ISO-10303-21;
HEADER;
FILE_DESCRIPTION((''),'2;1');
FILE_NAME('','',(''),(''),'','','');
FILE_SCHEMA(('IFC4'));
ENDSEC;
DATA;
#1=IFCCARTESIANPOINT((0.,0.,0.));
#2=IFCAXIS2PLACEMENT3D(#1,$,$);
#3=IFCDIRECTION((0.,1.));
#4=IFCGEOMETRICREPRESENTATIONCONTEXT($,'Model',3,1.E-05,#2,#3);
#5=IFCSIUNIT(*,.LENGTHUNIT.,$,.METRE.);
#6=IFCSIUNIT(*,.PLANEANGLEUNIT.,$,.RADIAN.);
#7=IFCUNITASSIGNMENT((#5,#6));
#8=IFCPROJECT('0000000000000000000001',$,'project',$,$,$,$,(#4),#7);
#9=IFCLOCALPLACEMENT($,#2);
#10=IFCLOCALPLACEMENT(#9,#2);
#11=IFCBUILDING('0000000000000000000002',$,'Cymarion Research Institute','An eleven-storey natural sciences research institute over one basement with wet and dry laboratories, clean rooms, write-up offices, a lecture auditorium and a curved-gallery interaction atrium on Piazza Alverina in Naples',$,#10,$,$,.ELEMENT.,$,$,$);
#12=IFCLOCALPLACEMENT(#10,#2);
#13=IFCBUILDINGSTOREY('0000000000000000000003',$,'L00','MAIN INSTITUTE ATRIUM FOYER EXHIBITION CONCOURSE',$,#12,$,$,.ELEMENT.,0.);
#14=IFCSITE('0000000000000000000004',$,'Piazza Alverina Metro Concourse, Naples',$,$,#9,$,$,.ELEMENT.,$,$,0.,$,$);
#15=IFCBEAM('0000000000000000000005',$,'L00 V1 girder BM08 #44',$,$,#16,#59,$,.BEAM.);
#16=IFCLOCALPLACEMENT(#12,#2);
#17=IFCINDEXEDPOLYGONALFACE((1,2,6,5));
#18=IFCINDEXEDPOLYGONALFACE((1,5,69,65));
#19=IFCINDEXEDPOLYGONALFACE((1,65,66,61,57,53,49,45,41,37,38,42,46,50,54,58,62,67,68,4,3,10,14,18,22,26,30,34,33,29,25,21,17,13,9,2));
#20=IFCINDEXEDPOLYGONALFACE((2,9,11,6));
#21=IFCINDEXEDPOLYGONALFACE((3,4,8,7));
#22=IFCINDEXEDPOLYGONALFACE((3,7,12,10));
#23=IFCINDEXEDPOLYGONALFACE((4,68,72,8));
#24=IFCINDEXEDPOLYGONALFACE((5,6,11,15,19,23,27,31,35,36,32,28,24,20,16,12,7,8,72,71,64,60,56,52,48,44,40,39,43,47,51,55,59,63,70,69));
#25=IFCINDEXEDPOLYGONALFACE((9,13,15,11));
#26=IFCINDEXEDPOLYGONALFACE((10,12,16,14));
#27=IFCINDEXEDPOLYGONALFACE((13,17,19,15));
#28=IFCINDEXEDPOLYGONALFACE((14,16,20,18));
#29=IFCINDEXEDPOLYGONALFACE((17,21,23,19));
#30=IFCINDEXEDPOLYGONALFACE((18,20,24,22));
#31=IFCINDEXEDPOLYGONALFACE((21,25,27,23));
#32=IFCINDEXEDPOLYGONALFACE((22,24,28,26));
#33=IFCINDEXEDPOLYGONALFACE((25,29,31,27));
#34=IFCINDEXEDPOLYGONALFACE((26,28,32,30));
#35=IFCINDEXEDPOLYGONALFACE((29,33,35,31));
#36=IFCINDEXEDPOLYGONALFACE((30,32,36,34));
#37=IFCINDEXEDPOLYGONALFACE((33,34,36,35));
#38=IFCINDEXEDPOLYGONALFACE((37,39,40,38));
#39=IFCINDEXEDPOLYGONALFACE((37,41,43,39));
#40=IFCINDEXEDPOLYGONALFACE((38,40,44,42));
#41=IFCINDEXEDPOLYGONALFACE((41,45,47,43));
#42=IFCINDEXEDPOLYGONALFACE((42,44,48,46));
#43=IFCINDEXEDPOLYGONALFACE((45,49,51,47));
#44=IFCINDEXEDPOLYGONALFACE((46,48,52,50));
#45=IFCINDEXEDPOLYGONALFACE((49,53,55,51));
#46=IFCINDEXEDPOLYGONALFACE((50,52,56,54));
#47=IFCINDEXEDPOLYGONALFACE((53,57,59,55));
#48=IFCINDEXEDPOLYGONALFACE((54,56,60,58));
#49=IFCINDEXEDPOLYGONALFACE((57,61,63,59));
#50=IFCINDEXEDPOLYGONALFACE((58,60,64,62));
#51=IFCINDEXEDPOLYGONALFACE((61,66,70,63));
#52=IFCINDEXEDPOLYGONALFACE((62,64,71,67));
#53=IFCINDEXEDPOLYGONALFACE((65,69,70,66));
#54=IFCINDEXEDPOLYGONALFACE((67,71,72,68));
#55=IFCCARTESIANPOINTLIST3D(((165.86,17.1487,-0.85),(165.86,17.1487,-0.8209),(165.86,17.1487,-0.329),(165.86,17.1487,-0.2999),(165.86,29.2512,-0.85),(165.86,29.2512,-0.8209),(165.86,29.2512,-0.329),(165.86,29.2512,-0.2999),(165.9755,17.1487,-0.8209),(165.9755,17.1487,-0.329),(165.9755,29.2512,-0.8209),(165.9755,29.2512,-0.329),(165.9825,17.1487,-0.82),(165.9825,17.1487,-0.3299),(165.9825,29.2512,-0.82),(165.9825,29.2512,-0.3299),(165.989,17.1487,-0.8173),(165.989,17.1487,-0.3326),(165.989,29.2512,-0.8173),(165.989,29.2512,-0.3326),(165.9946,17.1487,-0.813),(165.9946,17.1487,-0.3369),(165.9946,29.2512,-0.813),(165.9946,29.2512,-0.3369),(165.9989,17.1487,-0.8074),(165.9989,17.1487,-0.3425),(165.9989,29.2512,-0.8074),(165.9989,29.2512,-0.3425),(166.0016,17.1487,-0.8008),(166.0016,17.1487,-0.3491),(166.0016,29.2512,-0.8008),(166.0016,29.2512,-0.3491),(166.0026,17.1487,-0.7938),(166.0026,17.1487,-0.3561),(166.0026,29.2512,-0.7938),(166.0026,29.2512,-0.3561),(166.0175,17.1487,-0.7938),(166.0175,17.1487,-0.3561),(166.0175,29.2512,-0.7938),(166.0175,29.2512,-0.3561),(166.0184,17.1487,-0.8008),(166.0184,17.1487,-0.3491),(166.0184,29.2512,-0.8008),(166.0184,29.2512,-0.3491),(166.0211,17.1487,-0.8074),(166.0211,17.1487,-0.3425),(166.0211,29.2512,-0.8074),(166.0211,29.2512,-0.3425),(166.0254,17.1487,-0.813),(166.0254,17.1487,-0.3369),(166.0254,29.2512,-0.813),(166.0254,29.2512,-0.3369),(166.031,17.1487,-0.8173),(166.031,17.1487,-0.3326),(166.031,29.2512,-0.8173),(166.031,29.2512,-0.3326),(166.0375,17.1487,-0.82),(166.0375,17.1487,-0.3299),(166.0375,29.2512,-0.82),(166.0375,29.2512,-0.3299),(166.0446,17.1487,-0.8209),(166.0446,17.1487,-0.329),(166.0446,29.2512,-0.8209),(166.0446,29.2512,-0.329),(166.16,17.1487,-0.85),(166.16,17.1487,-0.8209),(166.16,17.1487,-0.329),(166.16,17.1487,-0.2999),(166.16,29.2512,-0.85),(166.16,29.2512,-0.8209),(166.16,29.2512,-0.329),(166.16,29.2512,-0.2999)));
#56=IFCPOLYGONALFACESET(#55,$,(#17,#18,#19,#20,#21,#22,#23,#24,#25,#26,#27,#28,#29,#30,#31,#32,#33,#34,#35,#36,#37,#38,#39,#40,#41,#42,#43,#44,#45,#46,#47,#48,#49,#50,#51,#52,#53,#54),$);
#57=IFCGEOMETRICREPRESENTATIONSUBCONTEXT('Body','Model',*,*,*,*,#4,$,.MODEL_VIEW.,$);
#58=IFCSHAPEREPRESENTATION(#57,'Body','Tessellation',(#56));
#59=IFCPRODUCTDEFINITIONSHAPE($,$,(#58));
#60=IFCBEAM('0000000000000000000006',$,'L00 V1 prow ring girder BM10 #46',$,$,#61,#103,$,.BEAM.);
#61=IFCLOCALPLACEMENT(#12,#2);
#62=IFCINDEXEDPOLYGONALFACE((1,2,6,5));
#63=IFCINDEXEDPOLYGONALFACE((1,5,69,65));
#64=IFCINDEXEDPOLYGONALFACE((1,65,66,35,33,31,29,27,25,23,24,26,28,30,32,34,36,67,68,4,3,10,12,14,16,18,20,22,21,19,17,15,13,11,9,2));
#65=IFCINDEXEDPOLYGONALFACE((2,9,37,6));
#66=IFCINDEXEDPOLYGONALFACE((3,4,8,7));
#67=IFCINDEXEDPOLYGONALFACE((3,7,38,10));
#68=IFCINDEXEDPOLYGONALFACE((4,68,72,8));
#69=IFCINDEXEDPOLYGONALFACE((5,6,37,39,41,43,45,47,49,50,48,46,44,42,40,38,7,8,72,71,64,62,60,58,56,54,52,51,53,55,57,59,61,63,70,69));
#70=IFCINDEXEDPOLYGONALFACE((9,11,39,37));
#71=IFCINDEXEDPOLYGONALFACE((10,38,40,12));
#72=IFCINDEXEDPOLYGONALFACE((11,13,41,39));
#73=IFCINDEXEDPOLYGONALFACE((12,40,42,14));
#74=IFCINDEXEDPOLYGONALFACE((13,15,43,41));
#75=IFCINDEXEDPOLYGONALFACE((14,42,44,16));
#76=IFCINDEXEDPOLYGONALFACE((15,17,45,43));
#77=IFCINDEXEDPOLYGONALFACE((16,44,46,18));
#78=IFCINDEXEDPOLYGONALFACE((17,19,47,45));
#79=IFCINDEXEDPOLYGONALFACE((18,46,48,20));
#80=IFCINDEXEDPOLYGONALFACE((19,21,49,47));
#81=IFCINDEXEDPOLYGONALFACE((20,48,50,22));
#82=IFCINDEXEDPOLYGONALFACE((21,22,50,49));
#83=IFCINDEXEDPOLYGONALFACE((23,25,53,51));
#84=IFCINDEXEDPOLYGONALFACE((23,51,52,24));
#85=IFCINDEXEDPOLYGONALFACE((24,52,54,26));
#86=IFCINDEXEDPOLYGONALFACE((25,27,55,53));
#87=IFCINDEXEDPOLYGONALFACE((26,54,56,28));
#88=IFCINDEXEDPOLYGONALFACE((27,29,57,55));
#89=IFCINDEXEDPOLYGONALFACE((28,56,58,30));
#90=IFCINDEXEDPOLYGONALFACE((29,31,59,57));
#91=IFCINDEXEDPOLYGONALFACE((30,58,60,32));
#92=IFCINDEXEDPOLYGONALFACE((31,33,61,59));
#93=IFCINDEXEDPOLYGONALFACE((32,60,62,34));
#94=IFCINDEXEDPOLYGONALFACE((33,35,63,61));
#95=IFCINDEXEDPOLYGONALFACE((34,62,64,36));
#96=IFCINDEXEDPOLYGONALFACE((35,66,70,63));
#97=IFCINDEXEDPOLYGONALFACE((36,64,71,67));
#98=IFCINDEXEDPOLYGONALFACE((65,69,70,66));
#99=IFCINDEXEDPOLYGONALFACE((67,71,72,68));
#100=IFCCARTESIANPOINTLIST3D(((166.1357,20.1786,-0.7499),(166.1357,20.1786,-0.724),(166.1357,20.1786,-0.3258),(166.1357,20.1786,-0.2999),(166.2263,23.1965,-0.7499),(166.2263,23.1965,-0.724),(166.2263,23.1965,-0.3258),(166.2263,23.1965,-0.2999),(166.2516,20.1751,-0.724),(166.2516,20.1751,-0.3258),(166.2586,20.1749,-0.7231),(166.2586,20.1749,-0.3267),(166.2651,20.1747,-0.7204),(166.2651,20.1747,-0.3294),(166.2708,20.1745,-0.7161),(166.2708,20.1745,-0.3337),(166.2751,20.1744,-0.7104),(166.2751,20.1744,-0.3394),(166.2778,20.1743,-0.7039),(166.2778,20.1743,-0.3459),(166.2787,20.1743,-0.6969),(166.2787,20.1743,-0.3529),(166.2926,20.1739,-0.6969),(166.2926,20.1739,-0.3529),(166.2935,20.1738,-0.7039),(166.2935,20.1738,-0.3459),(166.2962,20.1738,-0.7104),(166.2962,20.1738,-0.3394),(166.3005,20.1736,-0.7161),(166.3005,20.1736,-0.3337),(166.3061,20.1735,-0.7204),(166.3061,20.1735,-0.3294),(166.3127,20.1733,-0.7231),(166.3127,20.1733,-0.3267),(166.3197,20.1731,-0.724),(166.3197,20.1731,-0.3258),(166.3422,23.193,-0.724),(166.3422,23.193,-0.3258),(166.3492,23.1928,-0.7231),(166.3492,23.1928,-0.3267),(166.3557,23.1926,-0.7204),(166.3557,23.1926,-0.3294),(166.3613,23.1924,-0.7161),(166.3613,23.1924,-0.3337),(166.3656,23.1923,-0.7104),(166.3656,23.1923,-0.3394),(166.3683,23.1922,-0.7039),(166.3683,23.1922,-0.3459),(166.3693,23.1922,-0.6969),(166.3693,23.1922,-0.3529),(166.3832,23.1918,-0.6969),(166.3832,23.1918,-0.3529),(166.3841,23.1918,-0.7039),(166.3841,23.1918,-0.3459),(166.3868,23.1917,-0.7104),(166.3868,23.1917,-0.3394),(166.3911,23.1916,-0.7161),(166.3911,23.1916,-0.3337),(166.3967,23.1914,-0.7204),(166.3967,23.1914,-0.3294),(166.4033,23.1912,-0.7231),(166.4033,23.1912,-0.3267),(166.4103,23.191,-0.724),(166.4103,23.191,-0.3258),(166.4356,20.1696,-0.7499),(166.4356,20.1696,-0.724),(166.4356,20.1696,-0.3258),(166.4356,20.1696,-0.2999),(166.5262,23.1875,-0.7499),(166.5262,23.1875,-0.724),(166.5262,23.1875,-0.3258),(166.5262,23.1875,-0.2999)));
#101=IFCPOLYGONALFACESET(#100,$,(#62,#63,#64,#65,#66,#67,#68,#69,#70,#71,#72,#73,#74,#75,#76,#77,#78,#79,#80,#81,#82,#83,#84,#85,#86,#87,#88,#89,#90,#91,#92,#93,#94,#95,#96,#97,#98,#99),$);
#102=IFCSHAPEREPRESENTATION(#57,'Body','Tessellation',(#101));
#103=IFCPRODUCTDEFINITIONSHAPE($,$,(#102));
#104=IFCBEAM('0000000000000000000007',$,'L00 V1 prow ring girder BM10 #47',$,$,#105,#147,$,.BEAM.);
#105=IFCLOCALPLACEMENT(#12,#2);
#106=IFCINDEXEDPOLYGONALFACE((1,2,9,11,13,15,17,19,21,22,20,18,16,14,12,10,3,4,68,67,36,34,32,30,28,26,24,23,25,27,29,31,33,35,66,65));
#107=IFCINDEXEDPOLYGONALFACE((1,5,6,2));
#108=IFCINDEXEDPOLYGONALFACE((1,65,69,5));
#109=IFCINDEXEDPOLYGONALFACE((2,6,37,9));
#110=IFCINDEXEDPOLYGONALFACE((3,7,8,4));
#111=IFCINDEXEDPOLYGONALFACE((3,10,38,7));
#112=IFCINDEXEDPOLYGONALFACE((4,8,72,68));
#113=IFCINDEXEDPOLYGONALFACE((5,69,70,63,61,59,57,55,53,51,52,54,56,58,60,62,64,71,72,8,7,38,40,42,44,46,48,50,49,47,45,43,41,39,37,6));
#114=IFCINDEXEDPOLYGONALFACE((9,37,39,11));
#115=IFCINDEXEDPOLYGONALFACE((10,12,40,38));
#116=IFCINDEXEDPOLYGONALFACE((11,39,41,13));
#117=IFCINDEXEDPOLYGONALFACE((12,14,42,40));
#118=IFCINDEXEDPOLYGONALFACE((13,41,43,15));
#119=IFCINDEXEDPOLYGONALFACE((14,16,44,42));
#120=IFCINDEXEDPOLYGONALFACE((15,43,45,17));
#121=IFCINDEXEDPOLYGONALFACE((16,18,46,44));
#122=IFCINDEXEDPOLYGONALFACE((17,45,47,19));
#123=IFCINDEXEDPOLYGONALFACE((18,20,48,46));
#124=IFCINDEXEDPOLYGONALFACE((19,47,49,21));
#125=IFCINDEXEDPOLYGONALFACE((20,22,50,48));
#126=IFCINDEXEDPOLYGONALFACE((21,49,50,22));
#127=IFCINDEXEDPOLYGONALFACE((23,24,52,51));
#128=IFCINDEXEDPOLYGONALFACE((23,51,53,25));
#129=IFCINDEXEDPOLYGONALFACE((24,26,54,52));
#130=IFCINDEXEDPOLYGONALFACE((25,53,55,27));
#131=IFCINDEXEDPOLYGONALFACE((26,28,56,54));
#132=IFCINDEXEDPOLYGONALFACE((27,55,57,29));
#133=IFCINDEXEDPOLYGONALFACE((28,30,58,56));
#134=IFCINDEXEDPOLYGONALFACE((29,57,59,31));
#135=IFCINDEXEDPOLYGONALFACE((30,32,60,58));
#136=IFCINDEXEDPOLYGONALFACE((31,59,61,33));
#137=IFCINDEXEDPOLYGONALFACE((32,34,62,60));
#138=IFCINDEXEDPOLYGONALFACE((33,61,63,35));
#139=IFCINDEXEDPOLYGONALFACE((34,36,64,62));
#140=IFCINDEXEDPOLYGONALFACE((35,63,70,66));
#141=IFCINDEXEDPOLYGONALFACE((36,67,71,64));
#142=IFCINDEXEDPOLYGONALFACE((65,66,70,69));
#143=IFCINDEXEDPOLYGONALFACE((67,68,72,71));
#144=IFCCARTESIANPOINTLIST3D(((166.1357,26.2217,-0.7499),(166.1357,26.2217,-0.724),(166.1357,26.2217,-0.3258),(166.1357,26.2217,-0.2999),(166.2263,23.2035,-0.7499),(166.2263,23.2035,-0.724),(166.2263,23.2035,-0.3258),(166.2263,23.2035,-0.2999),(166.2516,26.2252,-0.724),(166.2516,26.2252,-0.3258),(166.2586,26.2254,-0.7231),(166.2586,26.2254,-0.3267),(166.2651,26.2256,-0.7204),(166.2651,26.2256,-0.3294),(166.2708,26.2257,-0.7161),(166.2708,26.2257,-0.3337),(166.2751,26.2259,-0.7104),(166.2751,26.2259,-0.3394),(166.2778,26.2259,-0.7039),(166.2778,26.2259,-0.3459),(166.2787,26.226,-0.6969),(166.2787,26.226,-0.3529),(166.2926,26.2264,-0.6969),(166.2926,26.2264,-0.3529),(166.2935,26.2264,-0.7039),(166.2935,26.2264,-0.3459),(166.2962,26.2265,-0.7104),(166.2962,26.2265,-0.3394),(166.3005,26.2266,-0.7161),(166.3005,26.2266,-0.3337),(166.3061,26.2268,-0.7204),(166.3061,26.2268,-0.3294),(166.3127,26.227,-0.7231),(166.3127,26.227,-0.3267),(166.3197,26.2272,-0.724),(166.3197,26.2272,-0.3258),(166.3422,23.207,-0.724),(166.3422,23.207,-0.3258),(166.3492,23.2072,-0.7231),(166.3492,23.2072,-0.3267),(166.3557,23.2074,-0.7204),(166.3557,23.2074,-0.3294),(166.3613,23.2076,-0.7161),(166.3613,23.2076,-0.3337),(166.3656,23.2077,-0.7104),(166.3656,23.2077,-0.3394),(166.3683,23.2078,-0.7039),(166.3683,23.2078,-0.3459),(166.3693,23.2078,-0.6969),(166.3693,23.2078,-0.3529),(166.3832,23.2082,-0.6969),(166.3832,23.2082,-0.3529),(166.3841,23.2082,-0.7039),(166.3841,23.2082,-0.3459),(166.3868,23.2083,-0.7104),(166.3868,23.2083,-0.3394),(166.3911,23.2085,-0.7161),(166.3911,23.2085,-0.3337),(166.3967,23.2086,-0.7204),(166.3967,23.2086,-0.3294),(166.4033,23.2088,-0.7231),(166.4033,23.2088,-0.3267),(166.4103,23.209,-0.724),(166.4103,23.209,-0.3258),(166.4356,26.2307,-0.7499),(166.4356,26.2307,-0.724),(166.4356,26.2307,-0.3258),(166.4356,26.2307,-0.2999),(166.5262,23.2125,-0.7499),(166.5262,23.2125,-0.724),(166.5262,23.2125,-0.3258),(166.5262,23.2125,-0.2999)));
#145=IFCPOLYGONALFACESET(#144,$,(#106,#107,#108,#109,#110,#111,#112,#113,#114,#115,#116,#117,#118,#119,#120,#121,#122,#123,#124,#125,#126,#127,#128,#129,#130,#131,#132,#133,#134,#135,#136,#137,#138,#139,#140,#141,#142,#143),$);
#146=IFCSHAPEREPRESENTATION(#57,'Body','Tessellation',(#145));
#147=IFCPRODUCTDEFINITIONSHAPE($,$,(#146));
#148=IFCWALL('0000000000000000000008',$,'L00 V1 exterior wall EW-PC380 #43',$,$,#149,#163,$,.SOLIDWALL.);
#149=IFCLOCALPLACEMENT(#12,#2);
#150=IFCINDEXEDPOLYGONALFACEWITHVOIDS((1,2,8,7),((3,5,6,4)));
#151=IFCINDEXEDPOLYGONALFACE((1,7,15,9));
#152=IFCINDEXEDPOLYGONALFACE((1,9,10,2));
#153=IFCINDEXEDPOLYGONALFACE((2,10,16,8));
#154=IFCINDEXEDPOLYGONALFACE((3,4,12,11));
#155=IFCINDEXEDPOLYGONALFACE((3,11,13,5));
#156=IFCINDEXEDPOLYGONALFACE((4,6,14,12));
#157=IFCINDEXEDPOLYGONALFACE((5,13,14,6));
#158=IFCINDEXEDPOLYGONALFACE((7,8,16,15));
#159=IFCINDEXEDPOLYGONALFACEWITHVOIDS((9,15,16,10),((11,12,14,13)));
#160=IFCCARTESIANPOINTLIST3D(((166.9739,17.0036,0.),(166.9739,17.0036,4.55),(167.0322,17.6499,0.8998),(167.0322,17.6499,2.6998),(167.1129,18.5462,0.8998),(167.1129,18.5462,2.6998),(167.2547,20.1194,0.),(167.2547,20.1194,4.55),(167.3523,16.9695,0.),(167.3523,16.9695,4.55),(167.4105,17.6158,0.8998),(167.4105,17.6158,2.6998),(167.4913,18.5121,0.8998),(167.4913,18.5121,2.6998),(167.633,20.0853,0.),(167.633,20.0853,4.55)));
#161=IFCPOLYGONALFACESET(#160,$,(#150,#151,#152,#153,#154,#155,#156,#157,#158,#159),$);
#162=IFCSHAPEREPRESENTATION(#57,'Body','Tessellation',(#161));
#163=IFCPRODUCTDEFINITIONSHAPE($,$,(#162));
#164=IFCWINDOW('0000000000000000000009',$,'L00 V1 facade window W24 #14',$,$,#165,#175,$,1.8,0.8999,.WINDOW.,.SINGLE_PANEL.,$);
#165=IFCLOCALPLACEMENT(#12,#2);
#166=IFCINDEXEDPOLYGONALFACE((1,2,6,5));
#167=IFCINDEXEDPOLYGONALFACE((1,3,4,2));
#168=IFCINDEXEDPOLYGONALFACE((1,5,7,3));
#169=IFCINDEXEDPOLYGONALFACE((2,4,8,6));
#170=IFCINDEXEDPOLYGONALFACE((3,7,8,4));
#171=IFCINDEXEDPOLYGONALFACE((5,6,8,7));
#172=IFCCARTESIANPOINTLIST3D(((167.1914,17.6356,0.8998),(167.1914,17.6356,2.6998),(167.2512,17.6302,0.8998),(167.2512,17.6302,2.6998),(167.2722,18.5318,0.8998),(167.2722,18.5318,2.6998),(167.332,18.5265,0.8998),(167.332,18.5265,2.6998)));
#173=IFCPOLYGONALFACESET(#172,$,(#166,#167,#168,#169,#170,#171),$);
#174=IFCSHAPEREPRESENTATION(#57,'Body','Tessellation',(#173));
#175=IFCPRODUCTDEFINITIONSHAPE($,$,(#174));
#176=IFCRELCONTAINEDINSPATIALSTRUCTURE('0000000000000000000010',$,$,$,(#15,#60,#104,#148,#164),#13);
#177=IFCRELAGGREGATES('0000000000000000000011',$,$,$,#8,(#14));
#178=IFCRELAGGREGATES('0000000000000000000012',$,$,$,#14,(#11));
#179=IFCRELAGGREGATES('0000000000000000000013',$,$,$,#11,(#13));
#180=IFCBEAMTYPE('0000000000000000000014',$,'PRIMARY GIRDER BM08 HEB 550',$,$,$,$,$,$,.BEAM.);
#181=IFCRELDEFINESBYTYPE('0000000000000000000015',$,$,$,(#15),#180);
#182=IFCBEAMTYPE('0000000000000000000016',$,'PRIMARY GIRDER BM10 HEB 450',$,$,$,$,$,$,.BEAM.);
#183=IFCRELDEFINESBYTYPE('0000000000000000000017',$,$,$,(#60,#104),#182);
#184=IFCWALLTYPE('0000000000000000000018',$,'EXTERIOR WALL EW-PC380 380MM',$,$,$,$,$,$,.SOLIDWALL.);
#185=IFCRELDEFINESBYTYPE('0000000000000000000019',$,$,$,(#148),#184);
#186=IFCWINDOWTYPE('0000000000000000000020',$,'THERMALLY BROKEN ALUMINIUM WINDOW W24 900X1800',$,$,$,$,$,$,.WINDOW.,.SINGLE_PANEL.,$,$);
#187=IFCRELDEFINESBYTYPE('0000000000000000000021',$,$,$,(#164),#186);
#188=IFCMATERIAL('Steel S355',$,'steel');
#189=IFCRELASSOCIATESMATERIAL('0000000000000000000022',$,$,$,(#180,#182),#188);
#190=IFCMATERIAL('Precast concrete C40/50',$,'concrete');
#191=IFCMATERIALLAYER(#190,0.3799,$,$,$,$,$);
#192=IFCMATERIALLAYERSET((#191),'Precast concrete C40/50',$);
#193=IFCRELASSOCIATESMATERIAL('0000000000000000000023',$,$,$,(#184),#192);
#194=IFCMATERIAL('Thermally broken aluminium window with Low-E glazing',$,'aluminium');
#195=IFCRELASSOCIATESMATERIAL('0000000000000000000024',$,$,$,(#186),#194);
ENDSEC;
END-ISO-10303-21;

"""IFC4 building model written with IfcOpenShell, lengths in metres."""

from ifc_helpers import new_model, si_unit, direction, frame, frame_2d, origin, origin_2d, place, context, subcontext, project, spatial, rectangle, i_section, extrude, material, layer, layer_set, material_profile, profile_set, type_object, element, fill, save


model = new_model("IFC4")

# Units and contexts
model_context = context("Model", 3, precision=1e-05, world=origin(), true_north=direction((0.0, 1.0)))
body_context = subcontext(model_context, "Body", "Model", "MODEL_VIEW")
ifc_project = project(units=[si_unit("LENGTHUNIT", "METRE"), si_unit("PLANEANGLEUNIT", "RADIAN")], contexts=[model_context])

# Site, building, storey
site_placement = place(None, origin())
site = spatial("IfcSite", under=ifc_project, at=site_placement, Name="Piazza Alverina Metro Concourse, Naples", CompositionType="ELEMENT", RefElevation=0.0)
building_placement = place(site_placement, origin())
building = spatial("IfcBuilding", under=site, at=building_placement, Name="Cymarion Research Institute", Description="An eleven-storey natural sciences research institute over one basement with wet and dry laboratories, clean rooms, write-up offices, a lecture auditorium and a curved-gallery interaction atrium on Piazza Alverina in Naples", CompositionType="ELEMENT")
storey_placement = place(building_placement, origin())
storey = spatial("IfcBuildingStorey", under=building, at=storey_placement, Name="L00", Description="MAIN INSTITUTE ATRIUM FOYER EXHIBITION CONCOURSE", CompositionType="ELEMENT", Elevation=0.0)

# Shared definitions
ifc_material_1 = material(Name="Steel S355", Category="steel")

# Beams
ifc_material_profile_1 = material_profile(ifc_material_1, i_section(OverallWidth=0.3, OverallDepth=0.55, WebThickness=0.0149, FlangeThickness=0.0291, FilletRadius=0.0271, at=origin_2d()), Name="HEB 550")
ifc_profile_set_1 = profile_set([ifc_material_profile_1], Name="Steel S355")
beam_type_1 = type_object("IfcBeamType", Name="PRIMARY GIRDER BM08 HEB 550", PredefinedType="BEAM", material=ifc_profile_set_1)
beam_1_placement = place(storey_placement, frame((166.01, 17.1487, -0.575), z_axis=(0.0, 1.0, 0.0), x_axis=(-1.0, 0.0, 0.0)))
element("IfcBeam", 1, at=beam_1_placement, inside=storey, type_object=beam_type_1, Name="L00 V1 girder BM08 #44", PredefinedType="BEAM", context=body_context, shape_type="SweptSolid", body=[
    extrude(i_section(OverallWidth=0.3, OverallDepth=0.55, WebThickness=0.0149, FlangeThickness=0.0291, FilletRadius=0.0271, at=origin_2d()), origin(), (0.0, 0.0, 1.0), 12.1025),
])
ifc_material_profile_2 = material_profile(ifc_material_1, i_section(OverallWidth=0.3, OverallDepth=0.45, WebThickness=0.0139, FlangeThickness=0.0259, FilletRadius=0.0271, at=origin_2d()), Name="HEB 450")
ifc_profile_set_2 = profile_set([ifc_material_profile_2], Name="Steel S355")
beam_type_2 = type_object("IfcBeamType", Name="PRIMARY GIRDER BM10 HEB 450", PredefinedType="BEAM", material=ifc_profile_set_2)
beam_2_placement = place(storey_placement, frame((166.2856, 20.1741, -0.5249), z_axis=(0.03, 0.99955, 0.0), x_axis=(-0.99955, 0.03, 0.0)))
element("IfcBeam", 2, at=beam_2_placement, inside=storey, type_object=beam_type_2, Name="L00 V1 prow ring girder BM10 #46", PredefinedType="BEAM", context=body_context, shape_type="SweptSolid", body=[
    extrude(i_section(OverallWidth=0.3, OverallDepth=0.45, WebThickness=0.0139, FlangeThickness=0.0259, FilletRadius=0.0271, at=origin_2d()), origin(), (0.0, 0.0, 1.0), 3.0193),
])
beam_3_placement = place(storey_placement, frame((166.3762, 23.208, -0.5249), z_axis=(-0.029998, 0.99955, 0.0), x_axis=(-0.99955, -0.029998, 0.0)))
element("IfcBeam", 3, at=beam_3_placement, inside=storey, type_object=beam_type_2, Name="L00 V1 prow ring girder BM10 #47", PredefinedType="BEAM", context=body_context, shape_type="SweptSolid", body=[
    extrude(i_section(OverallWidth=0.3, OverallDepth=0.45, WebThickness=0.0139, FlangeThickness=0.0259, FilletRadius=0.0271, at=origin_2d()), origin(), (0.0, 0.0, 1.0), 3.0195),
])

# Wall, opening, window
ifc_material_2 = material(Name="Precast concrete C40/50", Category="concrete")
ifc_layer_1 = layer(ifc_material_2, 0.3799)
ifc_layer_set_1 = layer_set([ifc_layer_1], Name="Precast concrete C40/50")
wall_type = type_object("IfcWallType", Name="EXTERIOR WALL EW-PC380 380MM", PredefinedType="SOLIDWALL", material=ifc_layer_set_1)
wall_1_placement = place(storey_placement, frame((167.1631, 16.9866, 0.0), z_axis=(0.0, 0.0, 1.0), x_axis=(0.089748, 0.995965, 0.0)))
wall_1 = element("IfcWall", 4, at=wall_1_placement, inside=storey, type_object=wall_type, Name="L00 V1 exterior wall EW-PC380 #43", PredefinedType="SOLIDWALL", context=body_context, shape_type="SweptSolid", body=[
    extrude(rectangle(XDim=3.1284, YDim=0.3799, at=frame_2d((1.5642, 0.0))), origin(), (0.0, 0.0, 1.0), 4.55),
])
opening_1_placement = place(wall_1_placement, frame((0.6489, 0.0, 0.8999)))
opening_1 = element("IfcOpeningElement", 5, at=opening_1_placement, cuts=wall_1, PredefinedType="OPENING", context=body_context, shape_type="SweptSolid", body=[
    extrude(rectangle(XDim=0.8999, YDim=1.8, at=frame_2d((0.45, 0.8999))), frame((0.0, 0.2, 0.0), z_axis=(0.0, -1.0, 0.0), x_axis=(1.0, 0.0, 0.0)), (0.0, 0.0, 1.0), 0.3999),
])
ifc_material_3 = material(Name="Thermally broken aluminium window with Low-E glazing", Category="aluminium")
window_type = type_object("IfcWindowType", Name="THERMALLY BROKEN ALUMINIUM WINDOW W24 900X1800", PartitioningType="SINGLE_PANEL", PredefinedType="WINDOW", material=ifc_material_3)
window_1_placement = place(opening_1_placement, origin())
window_1 = element("IfcWindow", 6, at=window_1_placement, inside=storey, type_object=window_type, Name="L00 V1 facade window W24 #14", OverallHeight=1.8, OverallWidth=0.8999, PartitioningType="SINGLE_PANEL", PredefinedType="WINDOW", context=body_context, shape_type="SweptSolid", body=[
    extrude(rectangle(XDim=0.8999, YDim=1.8, at=frame_2d((0.45, 0.8999))), frame((0.0, 0.03, 0.0), z_axis=(0.0, -1.0, 0.0), x_axis=(1.0, 0.0, 0.0)), (0.0, 0.0, 1.0), 0.0601),
])
fill(opening_1, window_1)

save(model, "model.ifc")
